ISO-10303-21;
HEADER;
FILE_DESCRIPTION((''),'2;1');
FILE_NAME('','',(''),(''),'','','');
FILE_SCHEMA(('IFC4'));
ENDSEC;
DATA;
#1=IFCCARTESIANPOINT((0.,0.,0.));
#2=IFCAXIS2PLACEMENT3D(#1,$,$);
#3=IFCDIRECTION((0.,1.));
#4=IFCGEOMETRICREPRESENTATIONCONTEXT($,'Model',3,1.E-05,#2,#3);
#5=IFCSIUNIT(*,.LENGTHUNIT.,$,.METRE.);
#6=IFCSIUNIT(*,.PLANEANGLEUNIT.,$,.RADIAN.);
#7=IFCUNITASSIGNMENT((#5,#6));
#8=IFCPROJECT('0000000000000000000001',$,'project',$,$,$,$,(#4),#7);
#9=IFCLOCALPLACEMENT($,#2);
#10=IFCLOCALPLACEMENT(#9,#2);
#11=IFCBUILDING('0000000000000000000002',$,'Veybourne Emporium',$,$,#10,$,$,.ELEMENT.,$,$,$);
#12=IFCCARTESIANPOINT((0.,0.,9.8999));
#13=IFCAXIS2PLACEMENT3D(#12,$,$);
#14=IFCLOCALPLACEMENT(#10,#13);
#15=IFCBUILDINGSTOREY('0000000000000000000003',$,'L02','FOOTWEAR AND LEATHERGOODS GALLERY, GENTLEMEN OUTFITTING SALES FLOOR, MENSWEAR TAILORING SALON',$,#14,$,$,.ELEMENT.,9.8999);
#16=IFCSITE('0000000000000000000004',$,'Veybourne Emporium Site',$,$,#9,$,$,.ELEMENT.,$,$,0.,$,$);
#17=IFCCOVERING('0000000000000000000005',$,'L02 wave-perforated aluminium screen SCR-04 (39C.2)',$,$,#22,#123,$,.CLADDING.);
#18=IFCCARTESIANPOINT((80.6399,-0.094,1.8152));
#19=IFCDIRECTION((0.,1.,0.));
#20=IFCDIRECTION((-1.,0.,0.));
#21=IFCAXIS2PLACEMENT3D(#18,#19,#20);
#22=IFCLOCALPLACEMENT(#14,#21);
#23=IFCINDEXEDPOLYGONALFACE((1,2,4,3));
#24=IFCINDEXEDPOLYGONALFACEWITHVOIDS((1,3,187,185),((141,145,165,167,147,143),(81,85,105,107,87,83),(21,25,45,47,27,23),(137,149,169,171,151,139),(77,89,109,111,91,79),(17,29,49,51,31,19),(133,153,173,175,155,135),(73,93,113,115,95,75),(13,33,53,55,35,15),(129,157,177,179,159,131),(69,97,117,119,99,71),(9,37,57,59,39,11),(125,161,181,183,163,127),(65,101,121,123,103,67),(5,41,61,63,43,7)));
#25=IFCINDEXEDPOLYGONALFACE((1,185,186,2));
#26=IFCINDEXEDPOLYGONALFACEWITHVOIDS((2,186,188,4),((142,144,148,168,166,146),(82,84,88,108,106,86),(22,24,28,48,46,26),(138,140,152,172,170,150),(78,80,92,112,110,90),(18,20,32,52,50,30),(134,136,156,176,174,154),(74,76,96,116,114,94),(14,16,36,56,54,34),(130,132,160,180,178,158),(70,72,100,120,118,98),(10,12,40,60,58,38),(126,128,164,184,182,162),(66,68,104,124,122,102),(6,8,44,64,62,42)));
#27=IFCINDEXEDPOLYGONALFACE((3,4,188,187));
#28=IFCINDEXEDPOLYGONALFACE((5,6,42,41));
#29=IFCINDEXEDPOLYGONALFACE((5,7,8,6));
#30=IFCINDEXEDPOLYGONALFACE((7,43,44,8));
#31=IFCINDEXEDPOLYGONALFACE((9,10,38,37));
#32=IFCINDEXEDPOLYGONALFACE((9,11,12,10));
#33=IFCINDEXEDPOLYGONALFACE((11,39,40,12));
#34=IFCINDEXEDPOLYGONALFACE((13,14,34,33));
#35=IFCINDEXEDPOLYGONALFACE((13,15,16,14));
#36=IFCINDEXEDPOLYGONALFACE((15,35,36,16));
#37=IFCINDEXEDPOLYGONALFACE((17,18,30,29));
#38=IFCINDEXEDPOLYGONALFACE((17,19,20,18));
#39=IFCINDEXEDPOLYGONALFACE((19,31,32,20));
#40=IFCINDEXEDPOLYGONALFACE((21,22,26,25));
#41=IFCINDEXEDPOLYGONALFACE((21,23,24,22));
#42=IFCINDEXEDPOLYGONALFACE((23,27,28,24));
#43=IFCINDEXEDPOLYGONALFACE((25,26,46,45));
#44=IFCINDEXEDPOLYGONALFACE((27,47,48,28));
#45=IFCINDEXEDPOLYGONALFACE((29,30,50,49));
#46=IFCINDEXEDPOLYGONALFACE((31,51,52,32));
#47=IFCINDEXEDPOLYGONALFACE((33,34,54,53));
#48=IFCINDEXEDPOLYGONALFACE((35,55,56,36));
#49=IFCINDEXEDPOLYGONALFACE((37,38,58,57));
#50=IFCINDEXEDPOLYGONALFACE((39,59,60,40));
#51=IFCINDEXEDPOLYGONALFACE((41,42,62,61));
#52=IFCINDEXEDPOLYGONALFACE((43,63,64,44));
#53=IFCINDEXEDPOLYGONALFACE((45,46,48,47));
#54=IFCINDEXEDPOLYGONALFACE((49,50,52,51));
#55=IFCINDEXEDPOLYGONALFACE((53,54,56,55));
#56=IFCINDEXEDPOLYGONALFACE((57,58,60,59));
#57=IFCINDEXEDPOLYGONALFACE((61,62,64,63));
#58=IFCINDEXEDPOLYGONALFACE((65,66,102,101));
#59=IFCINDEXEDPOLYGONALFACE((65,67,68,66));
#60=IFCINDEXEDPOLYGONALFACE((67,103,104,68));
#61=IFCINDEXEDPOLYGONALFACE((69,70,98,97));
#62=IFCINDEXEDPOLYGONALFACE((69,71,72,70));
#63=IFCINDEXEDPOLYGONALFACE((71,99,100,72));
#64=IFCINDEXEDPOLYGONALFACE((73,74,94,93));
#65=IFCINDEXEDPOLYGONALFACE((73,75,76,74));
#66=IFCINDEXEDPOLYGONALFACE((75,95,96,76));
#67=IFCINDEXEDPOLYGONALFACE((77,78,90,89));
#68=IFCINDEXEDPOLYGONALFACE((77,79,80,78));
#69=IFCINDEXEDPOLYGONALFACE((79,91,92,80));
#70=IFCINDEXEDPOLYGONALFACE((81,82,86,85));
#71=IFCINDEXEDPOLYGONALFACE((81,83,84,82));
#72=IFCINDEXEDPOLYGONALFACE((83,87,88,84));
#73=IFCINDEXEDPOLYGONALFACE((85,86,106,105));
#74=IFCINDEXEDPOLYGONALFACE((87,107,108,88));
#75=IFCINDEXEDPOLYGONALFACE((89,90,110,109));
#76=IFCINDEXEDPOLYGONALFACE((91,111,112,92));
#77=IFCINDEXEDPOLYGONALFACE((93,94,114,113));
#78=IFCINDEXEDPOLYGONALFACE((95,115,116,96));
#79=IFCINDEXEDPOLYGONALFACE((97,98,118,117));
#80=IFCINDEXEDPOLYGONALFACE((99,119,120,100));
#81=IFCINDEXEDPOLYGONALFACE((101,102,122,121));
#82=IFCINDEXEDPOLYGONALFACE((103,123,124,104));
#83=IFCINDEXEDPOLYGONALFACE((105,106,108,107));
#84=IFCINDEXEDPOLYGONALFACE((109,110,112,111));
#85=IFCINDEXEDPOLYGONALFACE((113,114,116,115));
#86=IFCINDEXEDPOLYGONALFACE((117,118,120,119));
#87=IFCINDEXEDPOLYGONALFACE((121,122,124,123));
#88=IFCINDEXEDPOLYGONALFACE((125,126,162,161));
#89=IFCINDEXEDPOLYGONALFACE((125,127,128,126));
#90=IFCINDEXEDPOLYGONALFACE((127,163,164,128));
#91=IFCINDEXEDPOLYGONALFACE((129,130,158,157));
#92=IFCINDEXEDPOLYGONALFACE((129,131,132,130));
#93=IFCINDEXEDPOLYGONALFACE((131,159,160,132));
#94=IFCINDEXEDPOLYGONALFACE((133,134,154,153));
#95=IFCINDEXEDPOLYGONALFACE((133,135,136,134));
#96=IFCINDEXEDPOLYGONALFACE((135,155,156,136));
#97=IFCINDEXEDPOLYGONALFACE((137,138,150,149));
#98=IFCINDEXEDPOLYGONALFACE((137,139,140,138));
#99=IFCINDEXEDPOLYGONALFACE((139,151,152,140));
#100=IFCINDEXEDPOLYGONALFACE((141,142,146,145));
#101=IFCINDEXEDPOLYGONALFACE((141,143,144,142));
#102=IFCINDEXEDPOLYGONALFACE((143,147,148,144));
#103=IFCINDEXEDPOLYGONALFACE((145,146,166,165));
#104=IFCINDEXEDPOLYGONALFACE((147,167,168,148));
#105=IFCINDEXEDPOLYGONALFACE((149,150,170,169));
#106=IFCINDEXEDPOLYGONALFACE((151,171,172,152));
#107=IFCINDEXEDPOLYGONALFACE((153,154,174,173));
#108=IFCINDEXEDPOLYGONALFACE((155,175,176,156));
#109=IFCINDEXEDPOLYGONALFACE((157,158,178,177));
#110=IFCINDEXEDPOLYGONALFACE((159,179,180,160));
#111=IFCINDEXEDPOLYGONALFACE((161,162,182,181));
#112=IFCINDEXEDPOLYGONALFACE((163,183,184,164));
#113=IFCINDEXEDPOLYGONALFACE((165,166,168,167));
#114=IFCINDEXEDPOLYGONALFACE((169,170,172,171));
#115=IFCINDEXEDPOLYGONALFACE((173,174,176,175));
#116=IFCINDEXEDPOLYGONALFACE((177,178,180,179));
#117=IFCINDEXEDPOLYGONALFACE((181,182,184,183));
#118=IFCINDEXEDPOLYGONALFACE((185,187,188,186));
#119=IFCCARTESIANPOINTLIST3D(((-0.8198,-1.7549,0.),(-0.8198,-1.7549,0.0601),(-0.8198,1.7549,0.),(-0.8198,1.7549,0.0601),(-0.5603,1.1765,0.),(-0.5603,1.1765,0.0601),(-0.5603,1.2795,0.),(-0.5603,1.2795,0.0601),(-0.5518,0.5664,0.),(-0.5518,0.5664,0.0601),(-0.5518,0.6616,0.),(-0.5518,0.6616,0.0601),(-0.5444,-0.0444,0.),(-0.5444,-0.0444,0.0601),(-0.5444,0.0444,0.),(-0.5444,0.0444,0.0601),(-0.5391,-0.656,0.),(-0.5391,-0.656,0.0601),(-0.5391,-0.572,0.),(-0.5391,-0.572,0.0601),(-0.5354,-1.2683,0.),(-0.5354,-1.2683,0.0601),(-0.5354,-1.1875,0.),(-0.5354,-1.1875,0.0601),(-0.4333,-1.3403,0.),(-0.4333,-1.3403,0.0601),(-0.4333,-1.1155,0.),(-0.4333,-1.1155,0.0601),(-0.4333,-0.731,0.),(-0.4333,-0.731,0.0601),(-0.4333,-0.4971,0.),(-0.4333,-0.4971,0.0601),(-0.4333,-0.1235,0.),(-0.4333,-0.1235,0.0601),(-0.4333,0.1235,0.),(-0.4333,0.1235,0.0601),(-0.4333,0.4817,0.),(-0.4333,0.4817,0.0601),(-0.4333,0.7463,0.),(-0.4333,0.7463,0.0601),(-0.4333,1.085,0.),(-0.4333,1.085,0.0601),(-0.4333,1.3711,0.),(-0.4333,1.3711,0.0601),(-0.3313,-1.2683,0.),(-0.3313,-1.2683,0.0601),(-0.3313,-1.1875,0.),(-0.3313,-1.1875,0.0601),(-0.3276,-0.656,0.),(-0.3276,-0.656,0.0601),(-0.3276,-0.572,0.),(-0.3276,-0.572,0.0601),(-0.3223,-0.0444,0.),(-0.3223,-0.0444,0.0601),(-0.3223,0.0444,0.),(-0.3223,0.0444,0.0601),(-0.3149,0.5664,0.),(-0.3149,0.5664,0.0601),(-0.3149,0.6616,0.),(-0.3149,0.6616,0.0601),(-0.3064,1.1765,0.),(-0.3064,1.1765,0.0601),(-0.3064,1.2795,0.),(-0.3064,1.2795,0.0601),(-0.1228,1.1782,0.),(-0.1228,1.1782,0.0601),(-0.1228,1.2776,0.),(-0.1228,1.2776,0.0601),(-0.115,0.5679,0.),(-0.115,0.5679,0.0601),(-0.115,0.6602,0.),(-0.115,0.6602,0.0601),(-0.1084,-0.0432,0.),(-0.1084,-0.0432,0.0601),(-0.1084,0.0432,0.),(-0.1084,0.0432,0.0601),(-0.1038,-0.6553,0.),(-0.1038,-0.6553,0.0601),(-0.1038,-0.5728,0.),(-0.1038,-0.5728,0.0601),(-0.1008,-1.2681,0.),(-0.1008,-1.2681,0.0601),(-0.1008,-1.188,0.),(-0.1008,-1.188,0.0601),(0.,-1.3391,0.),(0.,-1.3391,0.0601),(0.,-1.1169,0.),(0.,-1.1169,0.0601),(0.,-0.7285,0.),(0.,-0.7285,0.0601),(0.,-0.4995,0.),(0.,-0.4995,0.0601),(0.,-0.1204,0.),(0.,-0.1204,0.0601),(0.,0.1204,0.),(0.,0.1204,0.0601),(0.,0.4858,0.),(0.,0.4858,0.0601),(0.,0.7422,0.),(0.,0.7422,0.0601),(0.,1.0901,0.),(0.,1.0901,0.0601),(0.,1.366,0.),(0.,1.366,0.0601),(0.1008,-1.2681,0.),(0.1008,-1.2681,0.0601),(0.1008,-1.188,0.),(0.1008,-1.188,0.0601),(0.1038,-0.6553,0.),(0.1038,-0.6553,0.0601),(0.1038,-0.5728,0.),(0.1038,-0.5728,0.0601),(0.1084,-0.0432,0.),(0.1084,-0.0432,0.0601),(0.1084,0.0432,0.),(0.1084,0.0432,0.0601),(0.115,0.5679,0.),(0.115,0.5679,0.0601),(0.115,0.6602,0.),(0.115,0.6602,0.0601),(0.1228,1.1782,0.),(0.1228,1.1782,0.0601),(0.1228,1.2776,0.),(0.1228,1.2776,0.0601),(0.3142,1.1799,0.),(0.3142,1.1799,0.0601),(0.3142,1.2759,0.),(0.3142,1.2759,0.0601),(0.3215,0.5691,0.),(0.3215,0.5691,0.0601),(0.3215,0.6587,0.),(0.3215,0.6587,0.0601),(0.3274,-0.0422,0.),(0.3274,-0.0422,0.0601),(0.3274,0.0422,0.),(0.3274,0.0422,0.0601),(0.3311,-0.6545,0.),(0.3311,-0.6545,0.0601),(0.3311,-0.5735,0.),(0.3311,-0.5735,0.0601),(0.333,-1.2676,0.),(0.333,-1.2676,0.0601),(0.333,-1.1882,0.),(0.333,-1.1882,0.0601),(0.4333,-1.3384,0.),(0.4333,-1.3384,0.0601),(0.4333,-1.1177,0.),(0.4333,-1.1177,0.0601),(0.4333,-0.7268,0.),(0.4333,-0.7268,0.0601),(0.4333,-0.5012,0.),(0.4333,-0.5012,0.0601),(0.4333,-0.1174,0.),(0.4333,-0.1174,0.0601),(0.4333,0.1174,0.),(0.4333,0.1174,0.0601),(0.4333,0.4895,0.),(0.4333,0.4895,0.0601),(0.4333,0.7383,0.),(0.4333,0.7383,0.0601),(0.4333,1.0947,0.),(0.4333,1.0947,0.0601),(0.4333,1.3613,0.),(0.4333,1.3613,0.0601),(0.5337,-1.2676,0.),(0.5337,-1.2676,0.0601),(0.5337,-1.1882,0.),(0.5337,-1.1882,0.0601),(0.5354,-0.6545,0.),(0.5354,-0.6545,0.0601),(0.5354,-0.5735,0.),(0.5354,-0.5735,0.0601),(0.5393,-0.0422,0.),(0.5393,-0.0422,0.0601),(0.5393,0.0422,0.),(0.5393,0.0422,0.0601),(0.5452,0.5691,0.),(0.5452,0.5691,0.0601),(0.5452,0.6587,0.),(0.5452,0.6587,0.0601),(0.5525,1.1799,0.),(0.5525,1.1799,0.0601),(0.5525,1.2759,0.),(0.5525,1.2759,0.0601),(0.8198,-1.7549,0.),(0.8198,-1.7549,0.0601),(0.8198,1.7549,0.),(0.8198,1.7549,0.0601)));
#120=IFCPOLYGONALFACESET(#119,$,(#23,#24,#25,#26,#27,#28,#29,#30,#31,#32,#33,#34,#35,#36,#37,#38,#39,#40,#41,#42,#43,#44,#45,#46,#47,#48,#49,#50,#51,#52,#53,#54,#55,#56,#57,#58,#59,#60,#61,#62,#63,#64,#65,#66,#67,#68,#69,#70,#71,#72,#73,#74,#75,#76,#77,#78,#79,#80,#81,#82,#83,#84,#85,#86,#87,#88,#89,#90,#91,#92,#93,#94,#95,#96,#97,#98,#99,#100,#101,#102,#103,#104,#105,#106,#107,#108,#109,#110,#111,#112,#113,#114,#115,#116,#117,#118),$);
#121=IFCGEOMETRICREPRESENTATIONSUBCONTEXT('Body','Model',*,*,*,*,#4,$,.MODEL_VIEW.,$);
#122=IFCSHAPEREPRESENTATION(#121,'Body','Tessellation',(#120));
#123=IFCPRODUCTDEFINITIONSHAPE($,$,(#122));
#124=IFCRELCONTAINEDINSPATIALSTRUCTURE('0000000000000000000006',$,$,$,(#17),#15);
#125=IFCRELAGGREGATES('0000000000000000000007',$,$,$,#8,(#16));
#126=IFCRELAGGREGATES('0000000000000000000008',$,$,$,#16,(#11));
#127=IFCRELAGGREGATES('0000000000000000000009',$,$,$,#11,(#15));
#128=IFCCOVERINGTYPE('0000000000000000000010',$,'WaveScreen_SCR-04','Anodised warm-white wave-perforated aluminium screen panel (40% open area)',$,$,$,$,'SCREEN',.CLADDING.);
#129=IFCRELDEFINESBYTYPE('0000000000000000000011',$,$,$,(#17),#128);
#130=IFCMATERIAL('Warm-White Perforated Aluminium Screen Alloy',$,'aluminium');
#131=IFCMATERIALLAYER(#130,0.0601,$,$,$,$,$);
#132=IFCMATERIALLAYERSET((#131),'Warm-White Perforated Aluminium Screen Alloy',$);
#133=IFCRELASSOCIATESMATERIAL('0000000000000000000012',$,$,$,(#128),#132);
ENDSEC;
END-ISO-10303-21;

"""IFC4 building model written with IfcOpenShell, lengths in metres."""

from ifc_helpers import new_model, si_unit, direction, frame, origin, place, context, subcontext, project, spatial, polyline, outline, extrude, material, layer, layer_set, type_object, element, save


model = new_model("IFC4")

# Units and contexts
model_context = context("Model", 3, precision=1e-05, world=origin(), true_north=direction((0.0, 1.0)))
body_context = subcontext(model_context, "Body", "Model", "MODEL_VIEW")
ifc_project = project(units=[si_unit("LENGTHUNIT", "METRE"), si_unit("PLANEANGLEUNIT", "RADIAN")], contexts=[model_context])

# Site, building, storey
site_placement = place(None, origin())
site = spatial("IfcSite", under=ifc_project, at=site_placement, Name="Veybourne Emporium Site", CompositionType="ELEMENT", RefElevation=0.0)
building_placement = place(site_placement, origin())
building = spatial("IfcBuilding", under=site, at=building_placement, Name="Veybourne Emporium", CompositionType="ELEMENT")
storey_placement = place(building_placement, frame((0.0, 0.0, 9.8999)))
storey = spatial("IfcBuildingStorey", under=building, at=storey_placement, Name="L02", Description="FOOTWEAR AND LEATHERGOODS GALLERY, GENTLEMEN OUTFITTING SALES FLOOR, MENSWEAR TAILORING SALON", CompositionType="ELEMENT", Elevation=9.8999)

# Covering
ifc_material_1 = material(Name="Warm-White Perforated Aluminium Screen Alloy", Category="aluminium")
ifc_layer_1 = layer(ifc_material_1, 0.0601)
ifc_layer_set_1 = layer_set([ifc_layer_1], Name="Warm-White Perforated Aluminium Screen Alloy")
covering_type_1 = type_object("IfcCoveringType", Name="WaveScreen_SCR-04", Description="Anodised warm-white wave-perforated aluminium screen panel (40% open area)", ElementType="SCREEN", PredefinedType="CLADDING", material=ifc_layer_set_1)
covering_1_placement = place(storey_placement, frame((80.6399, -0.094, 1.8152), z_axis=(0.0, 1.0, 0.0), x_axis=(-1.0, 0.0, 0.0)))
element("IfcCovering", 1, at=covering_1_placement, inside=storey, type_object=covering_type_1, Name="L02 wave-perforated aluminium screen SCR-04 (39C.2)", PredefinedType="CLADDING", context=body_context, shape_type="SweptSolid", body=[
    extrude(outline(polyline([(-0.8198, -1.7549), (0.8198, -1.7549), (0.8198, 1.7549), (-0.8198, 1.7549), (-0.8198, -1.7549)]), holes=[polyline([(-0.4333, -1.1155), (-0.3313, -1.1875), (-0.3313, -1.2683), (-0.4333, -1.3403), (-0.5354, -1.2683), (-0.5354, -1.1875), (-0.4333, -1.1155)]), polyline([(-0.4333, -0.4971), (-0.3276, -0.572), (-0.3276, -0.656), (-0.4333, -0.731), (-0.5391, -0.656), (-0.5391, -0.572), (-0.4333, -0.4971)]), polyline([(-0.4333, 0.1235), (-0.3223, 0.0444), (-0.3223, -0.0444), (-0.4333, -0.1235), (-0.5444, -0.0444), (-0.5444, 0.0444), (-0.4333, 0.1235)]), polyline([(-0.4333, 0.7463), (-0.3149, 0.6616), (-0.3149, 0.5664), (-0.4333, 0.4817), (-0.5518, 0.5664), (-0.5518, 0.6616), (-0.4333, 0.7463)]), polyline([(-0.4333, 1.3711), (-0.3064, 1.2795), (-0.3064, 1.1765), (-0.4333, 1.085), (-0.5603, 1.1765), (-0.5603, 1.2795), (-0.4333, 1.3711)]), polyline([(0.0, -1.1169), (0.1008, -1.188), (0.1008, -1.2681), (0.0, -1.3391), (-0.1008, -1.2681), (-0.1008, -1.188), (0.0, -1.1169)]), polyline([(0.0, -0.4995), (0.1038, -0.5728), (0.1038, -0.6553), (0.0, -0.7285), (-0.1038, -0.6553), (-0.1038, -0.5728), (0.0, -0.4995)]), polyline([(0.0, 0.1204), (0.1084, 0.0432), (0.1084, -0.0432), (0.0, -0.1204), (-0.1084, -0.0432), (-0.1084, 0.0432), (0.0, 0.1204)]), polyline([(0.0, 0.7422), (0.115, 0.6602), (0.115, 0.5679), (0.0, 0.4858), (-0.115, 0.5679), (-0.115, 0.6602), (0.0, 0.7422)]), polyline([(0.0, 1.366), (0.1228, 1.2776), (0.1228, 1.1782), (0.0, 1.0901), (-0.1228, 1.1782), (-0.1228, 1.2776), (0.0, 1.366)]), polyline([(0.4333, -1.1177), (0.5337, -1.1882), (0.5337, -1.2676), (0.4333, -1.3384), (0.333, -1.2676), (0.333, -1.1882), (0.4333, -1.1177)]), polyline([(0.4333, -0.5012), (0.5354, -0.5735), (0.5354, -0.6545), (0.4333, -0.7268), (0.3311, -0.6545), (0.3311, -0.5735), (0.4333, -0.5012)]), polyline([(0.4333, 0.1174), (0.5393, 0.0422), (0.5393, -0.0422), (0.4333, -0.1174), (0.3274, -0.0422), (0.3274, 0.0422), (0.4333, 0.1174)]), polyline([(0.4333, 0.7383), (0.5452, 0.6587), (0.5452, 0.5691), (0.4333, 0.4895), (0.3215, 0.5691), (0.3215, 0.6587), (0.4333, 0.7383)]), polyline([(0.4333, 1.3613), (0.5525, 1.2759), (0.5525, 1.1799), (0.4333, 1.0947), (0.3142, 1.1799), (0.3142, 1.2759), (0.4333, 1.3613)])]), origin(), (0.0, 0.0, 1.0), 0.0601),
])

save(model, "model.ifc")
